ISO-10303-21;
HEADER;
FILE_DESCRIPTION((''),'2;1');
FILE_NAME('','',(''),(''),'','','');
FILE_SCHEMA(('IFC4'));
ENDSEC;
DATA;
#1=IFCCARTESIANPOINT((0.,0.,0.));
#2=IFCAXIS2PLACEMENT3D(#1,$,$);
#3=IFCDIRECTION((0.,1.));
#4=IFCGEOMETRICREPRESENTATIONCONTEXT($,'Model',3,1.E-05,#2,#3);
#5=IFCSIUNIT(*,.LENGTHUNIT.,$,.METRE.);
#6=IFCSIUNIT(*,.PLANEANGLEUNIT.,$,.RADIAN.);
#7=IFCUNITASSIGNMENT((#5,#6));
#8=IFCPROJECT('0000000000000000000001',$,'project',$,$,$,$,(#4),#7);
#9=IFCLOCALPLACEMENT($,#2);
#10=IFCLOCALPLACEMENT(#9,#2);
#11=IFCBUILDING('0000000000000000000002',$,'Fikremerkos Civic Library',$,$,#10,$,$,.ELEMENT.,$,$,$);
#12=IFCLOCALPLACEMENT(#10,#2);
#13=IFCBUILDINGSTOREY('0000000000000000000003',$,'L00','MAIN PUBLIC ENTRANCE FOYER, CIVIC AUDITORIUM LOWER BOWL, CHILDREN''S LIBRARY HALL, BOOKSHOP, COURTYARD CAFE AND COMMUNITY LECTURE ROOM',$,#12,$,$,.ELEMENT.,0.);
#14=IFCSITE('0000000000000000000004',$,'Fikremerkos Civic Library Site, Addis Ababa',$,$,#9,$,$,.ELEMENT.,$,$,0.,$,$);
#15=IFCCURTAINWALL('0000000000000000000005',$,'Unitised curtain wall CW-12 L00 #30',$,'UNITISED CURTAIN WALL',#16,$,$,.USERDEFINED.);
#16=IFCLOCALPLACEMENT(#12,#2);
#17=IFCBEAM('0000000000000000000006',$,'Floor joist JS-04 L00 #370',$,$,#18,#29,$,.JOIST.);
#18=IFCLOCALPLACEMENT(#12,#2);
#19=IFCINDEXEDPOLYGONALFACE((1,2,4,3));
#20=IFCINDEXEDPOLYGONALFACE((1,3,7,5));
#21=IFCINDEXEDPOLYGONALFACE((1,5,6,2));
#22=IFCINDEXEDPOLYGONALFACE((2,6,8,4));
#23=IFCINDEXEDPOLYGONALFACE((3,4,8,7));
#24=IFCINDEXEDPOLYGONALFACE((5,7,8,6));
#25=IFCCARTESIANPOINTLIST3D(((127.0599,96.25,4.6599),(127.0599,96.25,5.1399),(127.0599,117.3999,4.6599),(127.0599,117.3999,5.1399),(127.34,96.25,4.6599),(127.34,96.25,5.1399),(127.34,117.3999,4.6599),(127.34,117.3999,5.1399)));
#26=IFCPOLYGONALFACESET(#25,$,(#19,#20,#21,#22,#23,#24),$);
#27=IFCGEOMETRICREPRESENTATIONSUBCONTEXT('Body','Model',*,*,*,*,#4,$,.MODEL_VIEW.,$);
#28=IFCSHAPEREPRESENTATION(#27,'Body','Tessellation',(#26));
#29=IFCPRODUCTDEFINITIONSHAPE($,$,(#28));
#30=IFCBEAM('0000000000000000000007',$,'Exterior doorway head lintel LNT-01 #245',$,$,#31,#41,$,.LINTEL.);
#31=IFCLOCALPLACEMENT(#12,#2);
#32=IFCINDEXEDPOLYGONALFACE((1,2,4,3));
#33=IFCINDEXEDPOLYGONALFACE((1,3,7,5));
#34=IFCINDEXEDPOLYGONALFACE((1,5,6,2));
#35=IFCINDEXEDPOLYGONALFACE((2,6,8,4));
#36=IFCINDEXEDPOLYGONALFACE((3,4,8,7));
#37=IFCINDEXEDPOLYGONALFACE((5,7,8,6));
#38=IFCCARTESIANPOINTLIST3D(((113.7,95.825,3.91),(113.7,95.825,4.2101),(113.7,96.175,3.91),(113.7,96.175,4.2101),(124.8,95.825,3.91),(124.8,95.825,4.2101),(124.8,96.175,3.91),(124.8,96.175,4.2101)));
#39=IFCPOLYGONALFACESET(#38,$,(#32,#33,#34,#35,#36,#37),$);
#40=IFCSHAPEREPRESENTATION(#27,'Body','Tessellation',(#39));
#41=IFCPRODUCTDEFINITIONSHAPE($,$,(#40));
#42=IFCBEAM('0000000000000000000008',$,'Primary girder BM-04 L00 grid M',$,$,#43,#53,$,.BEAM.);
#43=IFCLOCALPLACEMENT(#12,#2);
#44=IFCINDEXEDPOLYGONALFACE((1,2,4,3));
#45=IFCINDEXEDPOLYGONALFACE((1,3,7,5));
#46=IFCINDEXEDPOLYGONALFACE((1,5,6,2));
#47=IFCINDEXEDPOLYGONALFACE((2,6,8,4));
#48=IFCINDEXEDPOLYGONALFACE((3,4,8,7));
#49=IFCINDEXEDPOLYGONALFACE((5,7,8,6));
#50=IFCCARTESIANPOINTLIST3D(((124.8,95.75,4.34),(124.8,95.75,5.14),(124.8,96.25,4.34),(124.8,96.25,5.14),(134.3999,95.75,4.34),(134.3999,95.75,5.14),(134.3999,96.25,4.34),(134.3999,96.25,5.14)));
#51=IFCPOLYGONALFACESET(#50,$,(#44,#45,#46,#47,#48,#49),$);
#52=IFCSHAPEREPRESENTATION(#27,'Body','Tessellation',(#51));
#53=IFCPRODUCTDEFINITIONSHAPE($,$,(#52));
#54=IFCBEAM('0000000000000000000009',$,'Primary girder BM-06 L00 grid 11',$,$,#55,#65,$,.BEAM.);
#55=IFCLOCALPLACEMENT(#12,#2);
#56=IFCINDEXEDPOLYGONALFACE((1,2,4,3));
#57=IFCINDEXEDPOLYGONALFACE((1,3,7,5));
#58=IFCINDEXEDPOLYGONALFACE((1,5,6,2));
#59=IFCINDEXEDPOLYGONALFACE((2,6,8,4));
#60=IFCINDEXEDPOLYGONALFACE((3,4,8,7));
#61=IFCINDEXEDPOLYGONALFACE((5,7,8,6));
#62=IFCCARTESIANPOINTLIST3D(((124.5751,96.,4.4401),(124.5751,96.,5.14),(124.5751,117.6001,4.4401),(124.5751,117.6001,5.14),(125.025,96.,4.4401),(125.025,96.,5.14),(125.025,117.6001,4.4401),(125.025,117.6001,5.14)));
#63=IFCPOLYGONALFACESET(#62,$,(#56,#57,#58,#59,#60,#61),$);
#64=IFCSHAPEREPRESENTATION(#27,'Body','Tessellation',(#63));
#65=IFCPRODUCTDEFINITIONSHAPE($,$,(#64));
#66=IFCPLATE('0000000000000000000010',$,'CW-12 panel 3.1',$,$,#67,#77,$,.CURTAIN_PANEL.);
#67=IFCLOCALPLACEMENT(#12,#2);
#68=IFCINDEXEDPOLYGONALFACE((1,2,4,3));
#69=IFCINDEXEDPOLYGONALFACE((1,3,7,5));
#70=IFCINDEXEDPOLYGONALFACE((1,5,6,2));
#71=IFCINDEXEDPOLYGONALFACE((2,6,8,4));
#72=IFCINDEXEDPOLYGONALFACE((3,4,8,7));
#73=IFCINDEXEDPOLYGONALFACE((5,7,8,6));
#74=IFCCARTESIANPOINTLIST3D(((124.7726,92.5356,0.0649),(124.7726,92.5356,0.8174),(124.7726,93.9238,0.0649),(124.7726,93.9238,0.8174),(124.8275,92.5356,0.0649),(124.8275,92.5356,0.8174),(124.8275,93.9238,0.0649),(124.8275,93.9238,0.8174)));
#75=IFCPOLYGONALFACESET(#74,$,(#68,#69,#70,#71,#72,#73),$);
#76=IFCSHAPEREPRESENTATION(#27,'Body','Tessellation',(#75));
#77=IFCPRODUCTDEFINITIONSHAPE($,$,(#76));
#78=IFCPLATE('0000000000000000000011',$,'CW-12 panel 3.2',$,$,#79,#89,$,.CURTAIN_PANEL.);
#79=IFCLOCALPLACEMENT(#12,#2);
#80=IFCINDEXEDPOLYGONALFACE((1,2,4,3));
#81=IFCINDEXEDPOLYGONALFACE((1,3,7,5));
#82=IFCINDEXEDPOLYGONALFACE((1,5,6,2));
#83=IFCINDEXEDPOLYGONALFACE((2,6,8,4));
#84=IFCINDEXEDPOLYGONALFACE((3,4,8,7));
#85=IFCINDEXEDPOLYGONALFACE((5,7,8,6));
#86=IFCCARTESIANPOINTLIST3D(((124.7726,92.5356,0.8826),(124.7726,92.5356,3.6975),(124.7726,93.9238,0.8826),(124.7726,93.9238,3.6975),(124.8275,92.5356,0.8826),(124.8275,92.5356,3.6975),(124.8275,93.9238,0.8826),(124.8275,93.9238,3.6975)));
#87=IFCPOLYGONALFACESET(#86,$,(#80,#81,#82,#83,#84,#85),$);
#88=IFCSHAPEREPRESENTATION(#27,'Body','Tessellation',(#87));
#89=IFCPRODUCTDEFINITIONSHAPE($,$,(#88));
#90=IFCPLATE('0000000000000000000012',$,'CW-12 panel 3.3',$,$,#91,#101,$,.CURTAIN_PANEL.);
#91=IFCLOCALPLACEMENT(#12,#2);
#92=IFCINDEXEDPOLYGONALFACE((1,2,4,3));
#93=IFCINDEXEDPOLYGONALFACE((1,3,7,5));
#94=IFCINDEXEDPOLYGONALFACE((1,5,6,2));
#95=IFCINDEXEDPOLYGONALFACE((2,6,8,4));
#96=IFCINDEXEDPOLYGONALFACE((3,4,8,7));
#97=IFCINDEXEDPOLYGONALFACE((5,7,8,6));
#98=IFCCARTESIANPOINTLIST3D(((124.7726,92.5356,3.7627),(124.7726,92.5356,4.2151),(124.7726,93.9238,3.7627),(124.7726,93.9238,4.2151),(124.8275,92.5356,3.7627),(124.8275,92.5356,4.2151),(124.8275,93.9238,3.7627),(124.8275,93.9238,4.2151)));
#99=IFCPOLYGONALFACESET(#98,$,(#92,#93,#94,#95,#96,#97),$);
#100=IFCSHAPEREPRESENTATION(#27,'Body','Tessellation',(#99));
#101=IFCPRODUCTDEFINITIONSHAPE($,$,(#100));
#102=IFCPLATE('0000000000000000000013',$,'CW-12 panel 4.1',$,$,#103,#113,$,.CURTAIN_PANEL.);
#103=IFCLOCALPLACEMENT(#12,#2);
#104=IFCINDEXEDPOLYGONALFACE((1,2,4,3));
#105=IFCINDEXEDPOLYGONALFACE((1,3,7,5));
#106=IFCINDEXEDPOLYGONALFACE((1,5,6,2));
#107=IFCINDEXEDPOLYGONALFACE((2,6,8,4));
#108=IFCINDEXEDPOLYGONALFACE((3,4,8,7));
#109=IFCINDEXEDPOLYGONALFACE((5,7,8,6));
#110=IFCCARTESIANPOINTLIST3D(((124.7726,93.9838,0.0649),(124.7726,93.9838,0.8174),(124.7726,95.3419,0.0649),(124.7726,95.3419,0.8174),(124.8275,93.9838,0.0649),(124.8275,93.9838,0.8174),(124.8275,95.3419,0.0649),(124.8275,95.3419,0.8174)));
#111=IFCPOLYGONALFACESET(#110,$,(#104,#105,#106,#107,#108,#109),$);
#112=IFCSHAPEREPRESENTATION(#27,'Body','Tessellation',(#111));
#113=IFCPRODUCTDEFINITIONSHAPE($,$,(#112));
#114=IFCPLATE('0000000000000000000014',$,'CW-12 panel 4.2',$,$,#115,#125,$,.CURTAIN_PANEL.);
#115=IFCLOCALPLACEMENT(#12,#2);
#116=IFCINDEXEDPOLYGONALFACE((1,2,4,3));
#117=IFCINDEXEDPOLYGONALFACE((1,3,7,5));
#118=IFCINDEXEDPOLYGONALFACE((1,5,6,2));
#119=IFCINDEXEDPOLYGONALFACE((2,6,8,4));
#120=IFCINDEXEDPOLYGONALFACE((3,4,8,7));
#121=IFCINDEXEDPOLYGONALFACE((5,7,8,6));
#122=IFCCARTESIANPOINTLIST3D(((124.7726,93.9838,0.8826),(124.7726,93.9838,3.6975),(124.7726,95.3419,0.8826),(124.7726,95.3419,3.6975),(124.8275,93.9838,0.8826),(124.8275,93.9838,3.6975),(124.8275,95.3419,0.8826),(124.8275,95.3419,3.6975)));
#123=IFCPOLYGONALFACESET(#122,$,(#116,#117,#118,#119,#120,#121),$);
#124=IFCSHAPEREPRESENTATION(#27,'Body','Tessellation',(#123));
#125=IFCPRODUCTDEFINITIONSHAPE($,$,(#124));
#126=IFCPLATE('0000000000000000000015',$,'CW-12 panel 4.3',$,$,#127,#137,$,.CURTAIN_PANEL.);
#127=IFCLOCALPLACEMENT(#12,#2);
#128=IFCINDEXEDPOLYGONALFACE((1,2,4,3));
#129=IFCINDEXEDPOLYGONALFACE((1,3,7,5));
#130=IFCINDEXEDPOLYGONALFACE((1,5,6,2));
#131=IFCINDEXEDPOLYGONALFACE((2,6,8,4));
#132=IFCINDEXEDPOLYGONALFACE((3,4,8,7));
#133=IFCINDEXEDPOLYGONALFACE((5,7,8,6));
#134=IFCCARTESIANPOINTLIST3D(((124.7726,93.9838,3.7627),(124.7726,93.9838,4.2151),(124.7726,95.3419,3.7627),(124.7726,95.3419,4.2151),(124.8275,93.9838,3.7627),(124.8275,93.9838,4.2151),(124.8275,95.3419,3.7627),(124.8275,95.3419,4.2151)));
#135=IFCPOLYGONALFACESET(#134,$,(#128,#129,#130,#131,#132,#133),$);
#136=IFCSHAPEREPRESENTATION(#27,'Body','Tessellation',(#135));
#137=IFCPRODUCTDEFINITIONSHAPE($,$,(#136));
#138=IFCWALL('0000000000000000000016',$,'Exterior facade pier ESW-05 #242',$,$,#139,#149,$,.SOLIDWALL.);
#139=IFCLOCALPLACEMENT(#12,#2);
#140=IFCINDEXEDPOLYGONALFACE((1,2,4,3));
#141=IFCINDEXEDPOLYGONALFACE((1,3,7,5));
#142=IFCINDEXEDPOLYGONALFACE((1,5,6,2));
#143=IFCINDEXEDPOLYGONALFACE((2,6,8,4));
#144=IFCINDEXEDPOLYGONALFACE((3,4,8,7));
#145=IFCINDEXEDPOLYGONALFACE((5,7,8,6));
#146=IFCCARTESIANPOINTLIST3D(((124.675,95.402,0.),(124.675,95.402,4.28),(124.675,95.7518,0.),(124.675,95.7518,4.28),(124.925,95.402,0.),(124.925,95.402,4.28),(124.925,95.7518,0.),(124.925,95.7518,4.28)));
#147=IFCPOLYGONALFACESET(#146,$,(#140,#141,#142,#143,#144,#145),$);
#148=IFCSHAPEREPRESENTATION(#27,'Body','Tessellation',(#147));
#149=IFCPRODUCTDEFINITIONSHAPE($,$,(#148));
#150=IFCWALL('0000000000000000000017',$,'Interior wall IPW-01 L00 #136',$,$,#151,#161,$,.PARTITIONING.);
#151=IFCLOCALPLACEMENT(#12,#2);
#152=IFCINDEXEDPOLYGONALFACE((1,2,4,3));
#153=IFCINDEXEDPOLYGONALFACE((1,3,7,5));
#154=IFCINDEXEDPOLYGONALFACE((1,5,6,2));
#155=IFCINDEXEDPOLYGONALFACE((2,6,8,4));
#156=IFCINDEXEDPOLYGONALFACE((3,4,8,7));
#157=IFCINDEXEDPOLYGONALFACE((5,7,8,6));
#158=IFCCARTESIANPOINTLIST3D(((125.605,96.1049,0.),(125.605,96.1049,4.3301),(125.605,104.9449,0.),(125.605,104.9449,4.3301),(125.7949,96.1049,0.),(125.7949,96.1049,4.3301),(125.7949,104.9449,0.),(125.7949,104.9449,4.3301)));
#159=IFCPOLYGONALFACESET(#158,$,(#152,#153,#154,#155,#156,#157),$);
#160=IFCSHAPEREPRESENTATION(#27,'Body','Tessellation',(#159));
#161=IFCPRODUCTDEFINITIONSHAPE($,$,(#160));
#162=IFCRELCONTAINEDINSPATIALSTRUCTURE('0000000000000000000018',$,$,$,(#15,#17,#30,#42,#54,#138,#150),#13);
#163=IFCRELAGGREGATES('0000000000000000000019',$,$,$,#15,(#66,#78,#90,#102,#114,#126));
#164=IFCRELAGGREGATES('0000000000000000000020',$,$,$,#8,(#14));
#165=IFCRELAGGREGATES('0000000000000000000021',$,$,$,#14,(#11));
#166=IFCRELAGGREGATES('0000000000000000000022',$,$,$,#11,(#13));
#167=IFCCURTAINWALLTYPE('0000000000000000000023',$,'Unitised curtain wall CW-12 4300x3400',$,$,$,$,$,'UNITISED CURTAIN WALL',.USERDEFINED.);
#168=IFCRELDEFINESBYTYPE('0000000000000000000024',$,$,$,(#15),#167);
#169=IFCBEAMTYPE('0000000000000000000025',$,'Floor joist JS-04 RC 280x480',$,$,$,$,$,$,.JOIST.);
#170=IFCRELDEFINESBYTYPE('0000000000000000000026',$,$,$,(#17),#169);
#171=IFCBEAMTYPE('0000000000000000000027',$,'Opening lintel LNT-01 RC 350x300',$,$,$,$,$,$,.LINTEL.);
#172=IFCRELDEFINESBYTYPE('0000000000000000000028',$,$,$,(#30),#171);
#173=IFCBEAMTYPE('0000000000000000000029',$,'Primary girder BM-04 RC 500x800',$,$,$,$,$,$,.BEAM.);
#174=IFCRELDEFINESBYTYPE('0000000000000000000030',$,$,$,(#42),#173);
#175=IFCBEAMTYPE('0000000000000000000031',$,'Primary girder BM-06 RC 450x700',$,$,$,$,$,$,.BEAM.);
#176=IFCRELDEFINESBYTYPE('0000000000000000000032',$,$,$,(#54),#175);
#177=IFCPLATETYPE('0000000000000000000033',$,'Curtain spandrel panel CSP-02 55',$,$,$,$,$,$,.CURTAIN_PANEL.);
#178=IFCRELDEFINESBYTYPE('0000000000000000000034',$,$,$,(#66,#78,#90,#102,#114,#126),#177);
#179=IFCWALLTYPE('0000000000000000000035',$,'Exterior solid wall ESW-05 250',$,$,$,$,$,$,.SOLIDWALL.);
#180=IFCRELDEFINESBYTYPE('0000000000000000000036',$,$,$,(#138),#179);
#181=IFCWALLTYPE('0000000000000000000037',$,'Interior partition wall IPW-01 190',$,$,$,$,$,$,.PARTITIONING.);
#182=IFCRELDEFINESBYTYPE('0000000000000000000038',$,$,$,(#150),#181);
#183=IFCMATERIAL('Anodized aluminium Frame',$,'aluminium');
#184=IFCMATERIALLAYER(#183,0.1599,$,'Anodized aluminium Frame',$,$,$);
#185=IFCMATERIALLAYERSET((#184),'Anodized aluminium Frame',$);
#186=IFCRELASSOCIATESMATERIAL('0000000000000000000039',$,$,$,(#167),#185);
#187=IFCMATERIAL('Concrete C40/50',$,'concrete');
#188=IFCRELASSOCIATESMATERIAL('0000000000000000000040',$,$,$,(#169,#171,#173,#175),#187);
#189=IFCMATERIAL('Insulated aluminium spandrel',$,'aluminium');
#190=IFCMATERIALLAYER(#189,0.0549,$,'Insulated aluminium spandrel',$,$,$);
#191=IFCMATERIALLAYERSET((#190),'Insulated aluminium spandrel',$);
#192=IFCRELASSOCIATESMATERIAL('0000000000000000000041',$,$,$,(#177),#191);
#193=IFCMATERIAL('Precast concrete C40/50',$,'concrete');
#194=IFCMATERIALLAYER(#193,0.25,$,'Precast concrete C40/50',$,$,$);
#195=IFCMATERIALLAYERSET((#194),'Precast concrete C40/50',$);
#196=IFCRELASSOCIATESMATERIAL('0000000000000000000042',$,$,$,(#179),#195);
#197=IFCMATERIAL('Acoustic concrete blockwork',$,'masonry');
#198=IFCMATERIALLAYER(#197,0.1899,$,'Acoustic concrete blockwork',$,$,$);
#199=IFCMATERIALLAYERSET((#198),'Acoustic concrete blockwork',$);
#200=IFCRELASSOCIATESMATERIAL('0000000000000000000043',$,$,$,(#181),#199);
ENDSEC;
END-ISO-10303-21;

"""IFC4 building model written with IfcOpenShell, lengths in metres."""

from ifc_helpers import new_model, si_unit, direction, frame, frame_2d, origin, origin_2d, place, context, subcontext, project, spatial, rectangle, extrude, material, layer, layer_set, material_profile, profile_set, type_object, element, aggregate, save


model = new_model("IFC4")

# Units and contexts
model_context = context("Model", 3, precision=1e-05, world=origin(), true_north=direction((0.0, 1.0)))
body_context = subcontext(model_context, "Body", "Model", "MODEL_VIEW")
ifc_project = project(units=[si_unit("LENGTHUNIT", "METRE"), si_unit("PLANEANGLEUNIT", "RADIAN")], contexts=[model_context])

# Site, building, storey
site_placement = place(None, origin())
site = spatial("IfcSite", under=ifc_project, at=site_placement, Name="Fikremerkos Civic Library Site, Addis Ababa", CompositionType="ELEMENT", RefElevation=0.0)
building_placement = place(site_placement, origin())
building = spatial("IfcBuilding", under=site, at=building_placement, Name="Fikremerkos Civic Library", CompositionType="ELEMENT")
storey_placement = place(building_placement, origin())
storey = spatial("IfcBuildingStorey", under=building, at=storey_placement, Name="L00", Description="MAIN PUBLIC ENTRANCE FOYER, CIVIC AUDITORIUM LOWER BOWL, CHILDREN'S LIBRARY HALL, BOOKSHOP, COURTYARD CAFE AND COMMUNITY LECTURE ROOM", CompositionType="ELEMENT", Elevation=0.0)

# Shared definitions
ifc_material_1 = material(Name="Concrete C40/50", Category="concrete")

# Curtain wall
ifc_material_2 = material(Name="Anodized aluminium Frame", Category="aluminium")
ifc_layer_1 = layer(ifc_material_2, 0.1599, Name="Anodized aluminium Frame")
ifc_layer_set_1 = layer_set([ifc_layer_1], Name="Anodized aluminium Frame")
curtain_wall_type = type_object("IfcCurtainWallType", Name="Unitised curtain wall CW-12 4300x3400", ElementType="UNITISED CURTAIN WALL", PredefinedType="USERDEFINED", material=ifc_layer_set_1)
curtain_wall_placement = place(storey_placement, origin())
curtain_wall = element("IfcCurtainWall", 1, at=curtain_wall_placement, inside=storey, type_object=curtain_wall_type, Name="Unitised curtain wall CW-12 L00 #30", ObjectType="UNITISED CURTAIN WALL", PredefinedType="USERDEFINED")

# Beams
ifc_material_profile_1 = material_profile(ifc_material_1, rectangle(XDim=0.28, YDim=0.48, at=origin_2d()), Name="RC 280x480")
ifc_profile_set_1 = profile_set([ifc_material_profile_1], Name="Concrete C40/50")
beam_type_1 = type_object("IfcBeamType", Name="Floor joist JS-04 RC 280x480", PredefinedType="JOIST", material=ifc_profile_set_1)
beam_1_placement = place(storey_placement, frame((127.2, 96.25, 4.8999), z_axis=(0.0, 1.0, 0.0), x_axis=(-1.0, 0.0, 0.0)))
element("IfcBeam", 2, at=beam_1_placement, inside=storey, type_object=beam_type_1, Name="Floor joist JS-04 L00 #370", PredefinedType="JOIST", context=body_context, shape_type="SweptSolid", body=[
    extrude(rectangle(XDim=0.28, YDim=0.48, at=origin_2d()), origin(), (0.0, 0.0, 1.0), 21.1499),
])
ifc_material_profile_2 = material_profile(ifc_material_1, rectangle(XDim=0.3501, YDim=0.3, at=origin_2d()), Name="RC 350x300")
ifc_profile_set_2 = profile_set([ifc_material_profile_2], Name="Concrete C40/50")
beam_type_2 = type_object("IfcBeamType", Name="Opening lintel LNT-01 RC 350x300", PredefinedType="LINTEL", material=ifc_profile_set_2)
beam_2_placement = place(storey_placement, frame((124.8, 96.0, 4.0601), z_axis=(-1.0, 0.0, 0.0), x_axis=(0.0, -1.0, 0.0)))
element("IfcBeam", 3, at=beam_2_placement, inside=storey, type_object=beam_type_2, Name="Exterior doorway head lintel LNT-01 #245", PredefinedType="LINTEL", context=body_context, shape_type="SweptSolid", body=[
    extrude(rectangle(XDim=0.3501, YDim=0.3, at=origin_2d()), origin(), (0.0, 0.0, 1.0), 11.1001),
])
ifc_material_profile_3 = material_profile(ifc_material_1, rectangle(XDim=0.5, YDim=0.8, at=origin_2d()), Name="RC 500x800")
ifc_profile_set_3 = profile_set([ifc_material_profile_3], Name="Concrete C40/50")
beam_type_3 = type_object("IfcBeamType", Name="Primary girder BM-04 RC 500x800", PredefinedType="BEAM", material=ifc_profile_set_3)
beam_3_placement = place(storey_placement, frame((124.8, 96.0, 4.74), z_axis=(1.0, 0.0, 0.0), x_axis=(0.0, 1.0, 0.0)))
element("IfcBeam", 4, at=beam_3_placement, inside=storey, type_object=beam_type_3, Name="Primary girder BM-04 L00 grid M", PredefinedType="BEAM", context=body_context, shape_type="SweptSolid", body=[
    extrude(rectangle(XDim=0.5, YDim=0.8, at=origin_2d()), origin(), (0.0, 0.0, 1.0), 9.5999),
])
ifc_material_profile_4 = material_profile(ifc_material_1, rectangle(XDim=0.45, YDim=0.7, at=origin_2d()), Name="RC 450x700")
ifc_profile_set_4 = profile_set([ifc_material_profile_4], Name="Concrete C40/50")
beam_type_4 = type_object("IfcBeamType", Name="Primary girder BM-06 RC 450x700", PredefinedType="BEAM", material=ifc_profile_set_4)
beam_4_placement = place(storey_placement, frame((124.8, 96.0, 4.79), z_axis=(0.0, 1.0, 0.0), x_axis=(-1.0, 0.0, 0.0)))
element("IfcBeam", 5, at=beam_4_placement, inside=storey, type_object=beam_type_4, Name="Primary girder BM-06 L00 grid 11", PredefinedType="BEAM", context=body_context, shape_type="SweptSolid", body=[
    extrude(rectangle(XDim=0.45, YDim=0.7, at=origin_2d()), origin(), (0.0, 0.0, 1.0), 21.6001),
])

# Plates
ifc_material_3 = material(Name="Insulated aluminium spandrel", Category="aluminium")
ifc_layer_2 = layer(ifc_material_3, 0.0549, Name="Insulated aluminium spandrel")
ifc_layer_set_2 = layer_set([ifc_layer_2], Name="Insulated aluminium spandrel")
plate_type = type_object("IfcPlateType", Name="Curtain spandrel panel CSP-02 55", PredefinedType="CURTAIN_PANEL", material=ifc_layer_set_2)
plate_1_placement = place(storey_placement, frame((124.8, 93.2297, 0.0649), z_axis=(0.0, 0.0, 1.0), x_axis=(0.0, 1.0, 0.0)))
plate_1 = element("IfcPlate", 6, at=plate_1_placement, type_object=plate_type, Name="CW-12 panel 3.1", PredefinedType="CURTAIN_PANEL", context=body_context, shape_type="SweptSolid", body=[
    extrude(rectangle(XDim=1.3882, YDim=0.0549, at=origin_2d()), origin(), (0.0, 0.0, 1.0), 0.7524),
])
plate_2_placement = place(storey_placement, frame((124.8, 93.2297, 0.8826), z_axis=(0.0, 0.0, 1.0), x_axis=(0.0, 1.0, 0.0)))
plate_2 = element("IfcPlate", 7, at=plate_2_placement, type_object=plate_type, Name="CW-12 panel 3.2", PredefinedType="CURTAIN_PANEL", context=body_context, shape_type="SweptSolid", body=[
    extrude(rectangle(XDim=1.3882, YDim=0.0549, at=origin_2d()), origin(), (0.0, 0.0, 1.0), 2.8149),
])
plate_3_placement = place(storey_placement, frame((124.8, 93.2297, 3.7627), z_axis=(0.0, 0.0, 1.0), x_axis=(0.0, 1.0, 0.0)))
plate_3 = element("IfcPlate", 8, at=plate_3_placement, type_object=plate_type, Name="CW-12 panel 3.3", PredefinedType="CURTAIN_PANEL", context=body_context, shape_type="SweptSolid", body=[
    extrude(rectangle(XDim=1.3882, YDim=0.0549, at=origin_2d()), origin(), (0.0, 0.0, 1.0), 0.4524),
])
plate_4_placement = place(storey_placement, frame((124.8, 94.6628, 0.0649), z_axis=(0.0, 0.0, 1.0), x_axis=(0.0, 1.0, 0.0)))
plate_4 = element("IfcPlate", 9, at=plate_4_placement, type_object=plate_type, Name="CW-12 panel 4.1", PredefinedType="CURTAIN_PANEL", context=body_context, shape_type="SweptSolid", body=[
    extrude(rectangle(XDim=1.3582, YDim=0.0549, at=origin_2d()), origin(), (0.0, 0.0, 1.0), 0.7524),
])
plate_5_placement = place(storey_placement, frame((124.8, 94.6628, 0.8826), z_axis=(0.0, 0.0, 1.0), x_axis=(0.0, 1.0, 0.0)))
plate_5 = element("IfcPlate", 10, at=plate_5_placement, type_object=plate_type, Name="CW-12 panel 4.2", PredefinedType="CURTAIN_PANEL", context=body_context, shape_type="SweptSolid", body=[
    extrude(rectangle(XDim=1.3582, YDim=0.0549, at=origin_2d()), origin(), (0.0, 0.0, 1.0), 2.8149),
])
plate_6_placement = place(storey_placement, frame((124.8, 94.6628, 3.7627), z_axis=(0.0, 0.0, 1.0), x_axis=(0.0, 1.0, 0.0)))
plate_6 = element("IfcPlate", 11, at=plate_6_placement, type_object=plate_type, Name="CW-12 panel 4.3", PredefinedType="CURTAIN_PANEL", context=body_context, shape_type="SweptSolid", body=[
    extrude(rectangle(XDim=1.3582, YDim=0.0549, at=origin_2d()), origin(), (0.0, 0.0, 1.0), 0.4524),
])
aggregate(curtain_wall, [plate_1, plate_2, plate_3, plate_4, plate_5, plate_6])

# Walls
ifc_material_4 = material(Name="Precast concrete C40/50", Category="concrete")
ifc_layer_3 = layer(ifc_material_4, 0.25, Name="Precast concrete C40/50")
ifc_layer_set_3 = layer_set([ifc_layer_3], Name="Precast concrete C40/50")
wall_type_1 = type_object("IfcWallType", Name="Exterior solid wall ESW-05 250", PredefinedType="SOLIDWALL", material=ifc_layer_set_3)
wall_1_placement = place(storey_placement, frame((124.8, 95.4021, 0.0), z_axis=(0.0, 0.0, 1.0), x_axis=(0.0, 1.0, 0.0)))
element("IfcWall", 12, at=wall_1_placement, inside=storey, type_object=wall_type_1, Name="Exterior facade pier ESW-05 #242", PredefinedType="SOLIDWALL", context=body_context, shape_type="SweptSolid", body=[
    extrude(rectangle(XDim=0.3499, YDim=0.25, at=frame_2d((0.1748, 0.0))), origin(), (0.0, 0.0, 1.0), 4.28),
])
ifc_material_5 = material(Name="Acoustic concrete blockwork", Category="masonry")
ifc_layer_4 = layer(ifc_material_5, 0.1899, Name="Acoustic concrete blockwork")
ifc_layer_set_4 = layer_set([ifc_layer_4], Name="Acoustic concrete blockwork")
wall_type_2 = type_object("IfcWallType", Name="Interior partition wall IPW-01 190", PredefinedType="PARTITIONING", material=ifc_layer_set_4)
wall_2_placement = place(storey_placement, frame((125.7, 96.105, 0.0), z_axis=(0.0, 0.0, 1.0), x_axis=(0.0, 1.0, 0.0)))
element("IfcWall", 13, at=wall_2_placement, inside=storey, type_object=wall_type_2, Name="Interior wall IPW-01 L00 #136", PredefinedType="PARTITIONING", context=body_context, shape_type="SweptSolid", body=[
    extrude(rectangle(XDim=8.8401, YDim=0.1899, at=frame_2d((4.4199, 0.0))), origin(), (0.0, 0.0, 1.0), 4.3301),
])

save(model, "model.ifc")
